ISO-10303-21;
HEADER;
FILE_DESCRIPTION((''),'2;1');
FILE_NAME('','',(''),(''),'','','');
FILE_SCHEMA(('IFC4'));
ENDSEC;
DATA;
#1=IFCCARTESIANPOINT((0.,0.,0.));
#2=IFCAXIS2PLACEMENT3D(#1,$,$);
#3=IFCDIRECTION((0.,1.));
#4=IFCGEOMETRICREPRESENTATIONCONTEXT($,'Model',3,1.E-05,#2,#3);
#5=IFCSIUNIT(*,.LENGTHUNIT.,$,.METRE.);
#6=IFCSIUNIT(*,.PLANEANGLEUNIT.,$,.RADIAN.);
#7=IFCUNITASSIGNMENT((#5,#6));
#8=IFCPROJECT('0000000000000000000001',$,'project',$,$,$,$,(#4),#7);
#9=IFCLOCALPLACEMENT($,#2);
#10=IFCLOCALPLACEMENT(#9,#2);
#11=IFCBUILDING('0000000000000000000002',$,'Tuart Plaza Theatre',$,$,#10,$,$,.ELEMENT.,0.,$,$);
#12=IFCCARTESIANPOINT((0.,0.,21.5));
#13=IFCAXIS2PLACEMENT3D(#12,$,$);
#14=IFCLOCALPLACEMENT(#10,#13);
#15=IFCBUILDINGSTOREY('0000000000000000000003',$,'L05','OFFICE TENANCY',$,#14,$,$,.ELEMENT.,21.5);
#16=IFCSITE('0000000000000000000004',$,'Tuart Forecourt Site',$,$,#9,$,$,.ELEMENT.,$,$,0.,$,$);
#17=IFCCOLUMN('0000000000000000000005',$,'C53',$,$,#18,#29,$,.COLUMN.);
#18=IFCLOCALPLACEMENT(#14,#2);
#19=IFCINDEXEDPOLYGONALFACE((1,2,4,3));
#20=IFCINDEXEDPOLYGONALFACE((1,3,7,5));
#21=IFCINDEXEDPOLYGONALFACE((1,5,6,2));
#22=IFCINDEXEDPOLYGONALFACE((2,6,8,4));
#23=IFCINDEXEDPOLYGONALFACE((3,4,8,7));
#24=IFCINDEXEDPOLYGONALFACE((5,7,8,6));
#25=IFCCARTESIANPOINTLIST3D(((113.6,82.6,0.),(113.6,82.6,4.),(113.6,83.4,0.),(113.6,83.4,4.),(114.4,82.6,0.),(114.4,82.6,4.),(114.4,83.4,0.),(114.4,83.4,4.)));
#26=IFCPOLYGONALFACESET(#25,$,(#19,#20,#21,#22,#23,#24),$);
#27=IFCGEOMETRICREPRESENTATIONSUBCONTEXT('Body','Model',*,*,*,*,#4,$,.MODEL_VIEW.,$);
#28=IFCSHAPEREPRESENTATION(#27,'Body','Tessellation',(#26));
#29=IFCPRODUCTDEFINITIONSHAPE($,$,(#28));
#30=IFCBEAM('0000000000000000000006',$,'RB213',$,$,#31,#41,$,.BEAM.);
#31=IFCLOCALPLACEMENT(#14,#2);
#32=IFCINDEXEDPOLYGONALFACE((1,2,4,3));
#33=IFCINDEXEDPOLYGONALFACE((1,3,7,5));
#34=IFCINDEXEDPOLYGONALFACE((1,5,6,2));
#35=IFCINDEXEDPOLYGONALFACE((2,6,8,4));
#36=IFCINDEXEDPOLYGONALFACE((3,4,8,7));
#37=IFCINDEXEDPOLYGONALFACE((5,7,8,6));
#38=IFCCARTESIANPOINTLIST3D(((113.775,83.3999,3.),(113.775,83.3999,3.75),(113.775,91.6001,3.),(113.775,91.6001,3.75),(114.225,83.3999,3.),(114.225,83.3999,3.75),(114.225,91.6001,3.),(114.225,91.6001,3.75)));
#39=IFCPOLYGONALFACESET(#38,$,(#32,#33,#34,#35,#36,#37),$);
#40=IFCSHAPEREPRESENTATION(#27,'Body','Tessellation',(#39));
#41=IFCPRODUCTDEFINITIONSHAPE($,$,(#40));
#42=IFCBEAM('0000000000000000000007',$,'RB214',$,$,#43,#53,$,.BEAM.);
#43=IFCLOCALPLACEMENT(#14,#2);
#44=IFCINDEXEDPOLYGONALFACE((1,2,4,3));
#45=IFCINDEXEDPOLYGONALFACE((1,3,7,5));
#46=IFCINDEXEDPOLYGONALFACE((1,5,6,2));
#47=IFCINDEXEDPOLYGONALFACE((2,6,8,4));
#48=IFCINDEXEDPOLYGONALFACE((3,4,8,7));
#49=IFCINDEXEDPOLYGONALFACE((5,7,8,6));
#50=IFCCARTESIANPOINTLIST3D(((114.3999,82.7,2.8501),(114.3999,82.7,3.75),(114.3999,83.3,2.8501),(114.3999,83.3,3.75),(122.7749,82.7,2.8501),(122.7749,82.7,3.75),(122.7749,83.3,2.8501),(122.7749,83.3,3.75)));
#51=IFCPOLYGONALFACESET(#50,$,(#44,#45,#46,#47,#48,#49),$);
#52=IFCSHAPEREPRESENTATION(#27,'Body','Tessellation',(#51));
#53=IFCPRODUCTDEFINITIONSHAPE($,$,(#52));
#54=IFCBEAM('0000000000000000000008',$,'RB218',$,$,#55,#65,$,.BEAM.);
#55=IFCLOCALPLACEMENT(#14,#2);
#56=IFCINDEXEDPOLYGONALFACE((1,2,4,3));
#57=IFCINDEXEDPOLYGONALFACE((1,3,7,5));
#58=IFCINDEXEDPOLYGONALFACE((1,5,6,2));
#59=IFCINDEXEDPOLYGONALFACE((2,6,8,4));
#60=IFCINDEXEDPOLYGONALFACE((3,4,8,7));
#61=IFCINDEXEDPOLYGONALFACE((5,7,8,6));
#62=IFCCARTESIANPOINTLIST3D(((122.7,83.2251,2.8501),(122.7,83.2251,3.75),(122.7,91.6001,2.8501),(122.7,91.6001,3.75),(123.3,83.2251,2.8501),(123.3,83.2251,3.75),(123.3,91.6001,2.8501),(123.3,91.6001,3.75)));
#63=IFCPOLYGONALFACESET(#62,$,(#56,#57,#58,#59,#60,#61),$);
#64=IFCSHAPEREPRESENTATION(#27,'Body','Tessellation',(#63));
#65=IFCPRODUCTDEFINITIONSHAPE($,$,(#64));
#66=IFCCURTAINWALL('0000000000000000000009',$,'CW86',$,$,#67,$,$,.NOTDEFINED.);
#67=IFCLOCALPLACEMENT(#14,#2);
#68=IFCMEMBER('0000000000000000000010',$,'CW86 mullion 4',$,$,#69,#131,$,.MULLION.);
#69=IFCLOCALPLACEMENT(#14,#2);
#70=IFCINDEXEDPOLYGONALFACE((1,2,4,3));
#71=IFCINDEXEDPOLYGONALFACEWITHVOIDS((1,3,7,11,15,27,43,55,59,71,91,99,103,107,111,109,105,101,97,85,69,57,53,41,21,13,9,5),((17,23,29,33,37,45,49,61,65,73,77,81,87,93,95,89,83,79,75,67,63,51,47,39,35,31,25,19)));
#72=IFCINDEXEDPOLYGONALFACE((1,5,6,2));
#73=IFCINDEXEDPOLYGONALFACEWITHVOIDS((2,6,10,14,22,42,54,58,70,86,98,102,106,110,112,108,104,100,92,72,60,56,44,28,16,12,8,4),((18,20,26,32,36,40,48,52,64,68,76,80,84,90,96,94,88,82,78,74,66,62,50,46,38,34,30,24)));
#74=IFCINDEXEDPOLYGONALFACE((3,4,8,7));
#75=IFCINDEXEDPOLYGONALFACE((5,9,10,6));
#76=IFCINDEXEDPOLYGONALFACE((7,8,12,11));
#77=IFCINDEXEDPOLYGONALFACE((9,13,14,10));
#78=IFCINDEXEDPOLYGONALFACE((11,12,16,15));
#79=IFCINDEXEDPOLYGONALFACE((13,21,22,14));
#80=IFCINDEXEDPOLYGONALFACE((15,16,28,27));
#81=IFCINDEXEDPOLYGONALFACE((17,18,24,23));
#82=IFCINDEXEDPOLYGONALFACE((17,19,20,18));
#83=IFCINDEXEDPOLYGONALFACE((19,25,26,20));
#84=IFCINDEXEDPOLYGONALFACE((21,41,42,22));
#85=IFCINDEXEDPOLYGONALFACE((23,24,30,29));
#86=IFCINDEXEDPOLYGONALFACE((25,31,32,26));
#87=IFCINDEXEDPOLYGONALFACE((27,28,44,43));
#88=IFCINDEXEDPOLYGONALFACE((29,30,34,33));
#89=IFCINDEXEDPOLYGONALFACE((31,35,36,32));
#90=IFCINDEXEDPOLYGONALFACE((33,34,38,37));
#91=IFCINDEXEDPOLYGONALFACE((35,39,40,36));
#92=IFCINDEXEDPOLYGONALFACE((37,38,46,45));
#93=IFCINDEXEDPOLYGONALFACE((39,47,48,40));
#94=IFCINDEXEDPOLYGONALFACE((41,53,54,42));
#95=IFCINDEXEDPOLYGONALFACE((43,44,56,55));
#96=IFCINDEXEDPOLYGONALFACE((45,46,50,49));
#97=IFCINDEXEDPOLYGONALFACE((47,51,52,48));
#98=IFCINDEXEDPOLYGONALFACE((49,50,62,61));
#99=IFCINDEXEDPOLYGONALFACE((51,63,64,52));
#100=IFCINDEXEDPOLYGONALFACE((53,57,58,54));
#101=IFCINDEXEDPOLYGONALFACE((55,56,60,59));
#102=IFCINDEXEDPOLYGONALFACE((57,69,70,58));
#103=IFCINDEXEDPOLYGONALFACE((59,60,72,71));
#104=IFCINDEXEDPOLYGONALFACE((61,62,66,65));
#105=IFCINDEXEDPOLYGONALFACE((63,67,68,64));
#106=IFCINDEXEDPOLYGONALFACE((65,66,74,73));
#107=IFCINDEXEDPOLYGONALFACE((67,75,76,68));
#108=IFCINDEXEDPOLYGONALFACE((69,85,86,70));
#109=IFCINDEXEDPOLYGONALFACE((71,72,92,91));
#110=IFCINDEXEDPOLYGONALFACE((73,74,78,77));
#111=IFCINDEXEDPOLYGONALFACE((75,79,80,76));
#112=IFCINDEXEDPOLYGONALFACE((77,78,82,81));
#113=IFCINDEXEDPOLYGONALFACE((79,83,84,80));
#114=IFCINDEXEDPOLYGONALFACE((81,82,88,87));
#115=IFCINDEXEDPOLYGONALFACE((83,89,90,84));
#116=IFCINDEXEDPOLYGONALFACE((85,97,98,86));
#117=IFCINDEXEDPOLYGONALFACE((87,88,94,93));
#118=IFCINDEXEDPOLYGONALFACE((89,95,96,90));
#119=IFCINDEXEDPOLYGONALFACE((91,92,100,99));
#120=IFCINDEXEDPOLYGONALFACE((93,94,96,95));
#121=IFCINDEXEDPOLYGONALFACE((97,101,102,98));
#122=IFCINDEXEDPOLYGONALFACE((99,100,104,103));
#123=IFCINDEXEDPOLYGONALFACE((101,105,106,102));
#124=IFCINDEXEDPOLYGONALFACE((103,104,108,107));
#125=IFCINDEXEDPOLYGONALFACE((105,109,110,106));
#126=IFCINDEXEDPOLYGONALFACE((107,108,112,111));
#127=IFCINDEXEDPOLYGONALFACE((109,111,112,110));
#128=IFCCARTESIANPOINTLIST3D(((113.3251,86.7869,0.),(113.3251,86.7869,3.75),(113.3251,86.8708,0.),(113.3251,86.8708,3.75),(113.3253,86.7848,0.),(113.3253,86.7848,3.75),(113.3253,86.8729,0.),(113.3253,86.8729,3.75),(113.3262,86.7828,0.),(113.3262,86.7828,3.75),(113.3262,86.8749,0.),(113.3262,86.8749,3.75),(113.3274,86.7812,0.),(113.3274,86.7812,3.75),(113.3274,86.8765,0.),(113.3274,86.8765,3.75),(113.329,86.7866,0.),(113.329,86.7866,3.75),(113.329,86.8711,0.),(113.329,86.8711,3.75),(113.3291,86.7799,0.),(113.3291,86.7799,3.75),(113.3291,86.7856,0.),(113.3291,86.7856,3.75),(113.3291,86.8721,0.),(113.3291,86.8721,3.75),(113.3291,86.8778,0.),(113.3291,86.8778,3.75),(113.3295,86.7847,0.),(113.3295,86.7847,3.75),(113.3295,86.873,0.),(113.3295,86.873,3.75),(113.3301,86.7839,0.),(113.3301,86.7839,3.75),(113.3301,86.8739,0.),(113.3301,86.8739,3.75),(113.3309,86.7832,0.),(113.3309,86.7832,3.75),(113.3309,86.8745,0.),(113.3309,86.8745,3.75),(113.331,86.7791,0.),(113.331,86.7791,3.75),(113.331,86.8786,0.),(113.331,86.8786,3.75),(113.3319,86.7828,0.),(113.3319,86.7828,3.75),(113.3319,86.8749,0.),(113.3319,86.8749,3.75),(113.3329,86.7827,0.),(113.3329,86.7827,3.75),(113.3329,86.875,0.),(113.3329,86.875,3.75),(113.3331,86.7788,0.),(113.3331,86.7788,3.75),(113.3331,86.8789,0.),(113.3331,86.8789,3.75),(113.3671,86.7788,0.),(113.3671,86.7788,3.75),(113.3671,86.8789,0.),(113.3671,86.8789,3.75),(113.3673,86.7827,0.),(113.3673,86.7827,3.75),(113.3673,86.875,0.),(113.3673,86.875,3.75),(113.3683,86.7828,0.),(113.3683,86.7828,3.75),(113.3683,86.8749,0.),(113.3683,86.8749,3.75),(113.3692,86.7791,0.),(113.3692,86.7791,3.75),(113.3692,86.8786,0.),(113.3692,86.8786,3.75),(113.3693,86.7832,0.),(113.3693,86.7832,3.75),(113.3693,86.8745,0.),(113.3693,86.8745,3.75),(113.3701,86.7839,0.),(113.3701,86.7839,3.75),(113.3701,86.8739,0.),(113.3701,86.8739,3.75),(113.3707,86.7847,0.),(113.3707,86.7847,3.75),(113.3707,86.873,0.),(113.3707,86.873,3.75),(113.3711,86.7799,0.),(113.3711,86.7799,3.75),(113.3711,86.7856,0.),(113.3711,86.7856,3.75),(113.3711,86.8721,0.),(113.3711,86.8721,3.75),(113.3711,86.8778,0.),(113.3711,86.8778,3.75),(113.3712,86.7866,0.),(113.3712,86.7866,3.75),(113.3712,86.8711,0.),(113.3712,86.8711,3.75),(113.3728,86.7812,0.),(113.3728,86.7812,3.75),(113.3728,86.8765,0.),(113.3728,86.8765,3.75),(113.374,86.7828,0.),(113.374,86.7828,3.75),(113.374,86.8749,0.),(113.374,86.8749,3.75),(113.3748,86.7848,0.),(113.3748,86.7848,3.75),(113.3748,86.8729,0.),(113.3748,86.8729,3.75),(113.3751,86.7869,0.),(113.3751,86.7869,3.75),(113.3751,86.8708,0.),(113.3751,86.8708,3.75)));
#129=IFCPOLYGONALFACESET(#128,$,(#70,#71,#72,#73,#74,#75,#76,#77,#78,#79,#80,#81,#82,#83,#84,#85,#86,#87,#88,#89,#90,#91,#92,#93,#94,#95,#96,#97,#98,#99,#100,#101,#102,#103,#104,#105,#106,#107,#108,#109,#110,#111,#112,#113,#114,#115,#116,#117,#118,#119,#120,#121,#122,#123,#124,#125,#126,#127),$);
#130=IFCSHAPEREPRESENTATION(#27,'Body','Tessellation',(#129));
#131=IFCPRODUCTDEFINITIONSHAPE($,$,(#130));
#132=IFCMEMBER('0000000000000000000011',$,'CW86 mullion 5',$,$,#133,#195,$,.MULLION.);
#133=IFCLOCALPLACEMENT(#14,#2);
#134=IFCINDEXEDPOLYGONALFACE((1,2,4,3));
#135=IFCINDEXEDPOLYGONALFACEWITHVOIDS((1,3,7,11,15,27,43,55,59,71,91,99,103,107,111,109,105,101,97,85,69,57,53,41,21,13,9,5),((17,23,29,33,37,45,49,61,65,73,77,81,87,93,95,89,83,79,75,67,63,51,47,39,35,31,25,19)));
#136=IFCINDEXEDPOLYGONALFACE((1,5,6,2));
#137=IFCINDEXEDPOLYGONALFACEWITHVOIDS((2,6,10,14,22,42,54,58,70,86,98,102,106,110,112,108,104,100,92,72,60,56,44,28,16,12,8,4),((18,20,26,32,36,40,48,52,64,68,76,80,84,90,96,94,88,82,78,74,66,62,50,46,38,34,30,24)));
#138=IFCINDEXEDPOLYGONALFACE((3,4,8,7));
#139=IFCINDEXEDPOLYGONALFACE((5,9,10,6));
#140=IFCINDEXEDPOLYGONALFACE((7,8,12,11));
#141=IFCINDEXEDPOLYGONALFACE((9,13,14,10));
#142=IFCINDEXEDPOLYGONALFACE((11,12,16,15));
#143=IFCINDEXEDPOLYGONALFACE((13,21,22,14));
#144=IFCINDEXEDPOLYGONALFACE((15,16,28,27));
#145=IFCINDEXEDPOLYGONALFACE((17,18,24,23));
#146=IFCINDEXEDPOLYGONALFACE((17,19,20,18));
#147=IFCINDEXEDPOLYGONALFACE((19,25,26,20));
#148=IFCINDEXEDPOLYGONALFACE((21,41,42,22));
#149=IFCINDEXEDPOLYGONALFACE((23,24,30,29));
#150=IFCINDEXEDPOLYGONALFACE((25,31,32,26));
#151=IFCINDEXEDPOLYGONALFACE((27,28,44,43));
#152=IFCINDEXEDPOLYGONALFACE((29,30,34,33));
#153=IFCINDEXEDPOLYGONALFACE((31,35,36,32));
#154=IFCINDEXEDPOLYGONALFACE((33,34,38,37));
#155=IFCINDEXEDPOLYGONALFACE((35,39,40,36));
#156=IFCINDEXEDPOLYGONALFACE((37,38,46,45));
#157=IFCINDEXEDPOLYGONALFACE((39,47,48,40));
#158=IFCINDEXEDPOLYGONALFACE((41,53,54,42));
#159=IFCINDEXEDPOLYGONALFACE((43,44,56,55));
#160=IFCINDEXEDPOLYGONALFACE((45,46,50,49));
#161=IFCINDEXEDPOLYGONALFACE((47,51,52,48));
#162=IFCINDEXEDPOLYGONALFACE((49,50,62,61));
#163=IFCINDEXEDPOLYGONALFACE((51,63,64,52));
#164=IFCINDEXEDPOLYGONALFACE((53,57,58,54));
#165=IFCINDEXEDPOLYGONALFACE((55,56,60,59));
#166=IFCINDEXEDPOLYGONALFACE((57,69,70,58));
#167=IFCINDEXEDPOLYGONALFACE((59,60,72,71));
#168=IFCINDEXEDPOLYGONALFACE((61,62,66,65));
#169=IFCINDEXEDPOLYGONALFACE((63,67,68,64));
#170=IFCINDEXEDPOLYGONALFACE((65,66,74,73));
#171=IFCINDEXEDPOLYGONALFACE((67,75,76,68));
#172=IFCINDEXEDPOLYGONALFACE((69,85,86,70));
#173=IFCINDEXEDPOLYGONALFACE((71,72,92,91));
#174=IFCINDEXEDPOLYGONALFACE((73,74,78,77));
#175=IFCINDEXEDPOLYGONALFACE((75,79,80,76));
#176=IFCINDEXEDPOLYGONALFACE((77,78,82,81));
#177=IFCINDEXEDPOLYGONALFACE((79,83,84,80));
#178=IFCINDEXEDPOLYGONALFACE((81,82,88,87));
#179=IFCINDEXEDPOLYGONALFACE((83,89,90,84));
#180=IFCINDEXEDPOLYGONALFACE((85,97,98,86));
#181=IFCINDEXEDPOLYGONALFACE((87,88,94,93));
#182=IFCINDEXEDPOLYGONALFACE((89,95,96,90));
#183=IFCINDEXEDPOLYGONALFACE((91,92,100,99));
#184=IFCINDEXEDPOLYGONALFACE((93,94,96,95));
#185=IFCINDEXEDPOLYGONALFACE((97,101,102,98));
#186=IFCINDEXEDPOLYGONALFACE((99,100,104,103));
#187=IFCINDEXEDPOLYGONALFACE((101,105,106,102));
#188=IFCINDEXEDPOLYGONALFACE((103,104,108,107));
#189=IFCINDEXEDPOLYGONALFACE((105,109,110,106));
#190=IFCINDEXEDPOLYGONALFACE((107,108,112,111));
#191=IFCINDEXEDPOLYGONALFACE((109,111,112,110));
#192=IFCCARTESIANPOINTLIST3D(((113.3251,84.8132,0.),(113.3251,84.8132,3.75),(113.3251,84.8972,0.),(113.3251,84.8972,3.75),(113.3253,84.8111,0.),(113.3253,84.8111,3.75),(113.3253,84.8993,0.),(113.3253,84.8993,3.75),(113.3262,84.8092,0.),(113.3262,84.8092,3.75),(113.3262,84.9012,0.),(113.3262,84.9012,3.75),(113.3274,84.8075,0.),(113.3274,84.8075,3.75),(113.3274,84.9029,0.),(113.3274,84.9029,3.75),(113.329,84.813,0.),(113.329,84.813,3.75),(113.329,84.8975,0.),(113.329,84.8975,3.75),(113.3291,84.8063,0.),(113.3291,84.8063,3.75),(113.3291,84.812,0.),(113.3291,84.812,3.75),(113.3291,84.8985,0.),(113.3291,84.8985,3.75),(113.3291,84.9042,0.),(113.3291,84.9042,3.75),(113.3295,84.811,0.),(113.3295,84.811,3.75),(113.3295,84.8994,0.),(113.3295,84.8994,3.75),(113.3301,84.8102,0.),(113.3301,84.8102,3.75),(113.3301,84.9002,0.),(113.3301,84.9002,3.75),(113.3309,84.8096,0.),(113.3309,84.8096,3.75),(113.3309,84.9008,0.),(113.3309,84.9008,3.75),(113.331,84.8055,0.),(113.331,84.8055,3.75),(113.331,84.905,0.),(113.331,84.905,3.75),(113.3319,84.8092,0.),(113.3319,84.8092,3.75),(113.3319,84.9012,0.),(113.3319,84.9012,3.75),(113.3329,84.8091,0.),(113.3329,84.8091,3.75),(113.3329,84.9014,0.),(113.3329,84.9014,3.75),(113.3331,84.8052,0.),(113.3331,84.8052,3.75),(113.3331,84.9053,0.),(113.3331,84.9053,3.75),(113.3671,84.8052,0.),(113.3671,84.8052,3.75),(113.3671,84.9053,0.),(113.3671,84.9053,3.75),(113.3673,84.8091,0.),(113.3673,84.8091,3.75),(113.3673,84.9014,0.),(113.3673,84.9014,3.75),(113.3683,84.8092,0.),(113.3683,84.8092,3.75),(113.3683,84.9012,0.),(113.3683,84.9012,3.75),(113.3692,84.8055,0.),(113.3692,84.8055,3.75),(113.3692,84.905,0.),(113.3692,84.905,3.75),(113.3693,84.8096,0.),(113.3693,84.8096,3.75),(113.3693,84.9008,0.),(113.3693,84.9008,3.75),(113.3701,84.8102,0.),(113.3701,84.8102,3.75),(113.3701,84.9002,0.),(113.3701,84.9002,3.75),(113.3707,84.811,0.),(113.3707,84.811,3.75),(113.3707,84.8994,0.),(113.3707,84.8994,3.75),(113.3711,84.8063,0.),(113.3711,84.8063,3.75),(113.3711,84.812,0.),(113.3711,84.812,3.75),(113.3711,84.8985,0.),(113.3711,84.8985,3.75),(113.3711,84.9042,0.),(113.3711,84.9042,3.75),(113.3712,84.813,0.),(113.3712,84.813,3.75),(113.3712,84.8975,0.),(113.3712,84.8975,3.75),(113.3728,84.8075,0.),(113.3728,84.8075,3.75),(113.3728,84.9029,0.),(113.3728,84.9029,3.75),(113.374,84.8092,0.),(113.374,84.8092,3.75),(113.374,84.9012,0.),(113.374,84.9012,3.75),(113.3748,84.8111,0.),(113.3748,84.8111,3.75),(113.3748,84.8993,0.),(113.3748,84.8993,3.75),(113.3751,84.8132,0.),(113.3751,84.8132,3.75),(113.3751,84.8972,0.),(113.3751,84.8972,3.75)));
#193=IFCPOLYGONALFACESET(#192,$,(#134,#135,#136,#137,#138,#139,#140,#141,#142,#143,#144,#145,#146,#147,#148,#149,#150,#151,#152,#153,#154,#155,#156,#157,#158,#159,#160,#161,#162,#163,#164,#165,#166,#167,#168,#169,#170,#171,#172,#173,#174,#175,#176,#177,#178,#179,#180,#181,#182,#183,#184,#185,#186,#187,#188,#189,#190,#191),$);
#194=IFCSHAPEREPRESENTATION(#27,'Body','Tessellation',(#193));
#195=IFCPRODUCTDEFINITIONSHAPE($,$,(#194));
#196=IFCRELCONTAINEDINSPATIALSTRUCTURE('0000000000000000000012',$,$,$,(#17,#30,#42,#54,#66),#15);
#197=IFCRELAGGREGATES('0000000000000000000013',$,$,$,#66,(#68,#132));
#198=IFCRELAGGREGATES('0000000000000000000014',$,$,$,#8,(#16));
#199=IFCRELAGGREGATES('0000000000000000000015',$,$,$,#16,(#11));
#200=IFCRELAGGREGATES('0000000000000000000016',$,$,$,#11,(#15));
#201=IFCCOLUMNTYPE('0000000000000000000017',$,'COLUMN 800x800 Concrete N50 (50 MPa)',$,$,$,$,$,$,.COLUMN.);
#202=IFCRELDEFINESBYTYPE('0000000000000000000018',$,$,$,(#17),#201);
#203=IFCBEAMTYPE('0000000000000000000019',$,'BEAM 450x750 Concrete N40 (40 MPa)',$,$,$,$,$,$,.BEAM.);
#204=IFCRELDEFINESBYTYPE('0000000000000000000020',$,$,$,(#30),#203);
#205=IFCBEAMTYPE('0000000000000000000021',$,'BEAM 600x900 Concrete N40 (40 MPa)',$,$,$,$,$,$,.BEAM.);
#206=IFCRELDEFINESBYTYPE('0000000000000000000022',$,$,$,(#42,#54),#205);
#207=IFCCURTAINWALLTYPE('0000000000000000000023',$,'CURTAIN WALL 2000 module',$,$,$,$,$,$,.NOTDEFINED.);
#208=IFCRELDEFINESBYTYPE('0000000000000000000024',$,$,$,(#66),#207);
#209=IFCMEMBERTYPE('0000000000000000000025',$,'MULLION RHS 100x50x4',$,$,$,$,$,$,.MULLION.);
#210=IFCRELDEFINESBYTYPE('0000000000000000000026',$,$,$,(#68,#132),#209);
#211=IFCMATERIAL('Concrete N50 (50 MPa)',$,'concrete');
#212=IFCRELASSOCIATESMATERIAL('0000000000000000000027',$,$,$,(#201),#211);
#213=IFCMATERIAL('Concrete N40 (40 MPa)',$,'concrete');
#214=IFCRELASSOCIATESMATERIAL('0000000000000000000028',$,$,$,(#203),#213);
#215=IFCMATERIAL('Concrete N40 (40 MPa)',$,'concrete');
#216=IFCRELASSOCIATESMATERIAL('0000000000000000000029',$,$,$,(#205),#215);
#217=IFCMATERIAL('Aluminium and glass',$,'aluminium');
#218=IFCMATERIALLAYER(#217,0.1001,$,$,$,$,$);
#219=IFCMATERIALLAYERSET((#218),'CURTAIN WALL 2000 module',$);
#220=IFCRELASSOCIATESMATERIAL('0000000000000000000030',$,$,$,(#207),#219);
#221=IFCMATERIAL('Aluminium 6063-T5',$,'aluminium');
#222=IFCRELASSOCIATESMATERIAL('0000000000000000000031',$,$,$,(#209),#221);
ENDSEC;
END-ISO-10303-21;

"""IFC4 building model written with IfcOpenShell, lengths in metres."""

from ifc_helpers import new_model, si_unit, direction, frame, origin, origin_2d, place, context, subcontext, project, spatial, rectangle, hollow_rectangle, extrude, material, layer, layer_set, material_profile, profile_set, type_object, element, aggregate, save


model = new_model("IFC4")

# Units and contexts
model_context = context("Model", 3, precision=1e-05, world=origin(), true_north=direction((0.0, 1.0)))
body_context = subcontext(model_context, "Body", "Model", "MODEL_VIEW")
ifc_project = project(units=[si_unit("LENGTHUNIT", "METRE"), si_unit("PLANEANGLEUNIT", "RADIAN")], contexts=[model_context])

# Site, building, storey
site_placement = place(None, origin())
site = spatial("IfcSite", under=ifc_project, at=site_placement, Name="Tuart Forecourt Site", CompositionType="ELEMENT", RefElevation=0.0)
building_placement = place(site_placement, origin())
building = spatial("IfcBuilding", under=site, at=building_placement, Name="Tuart Plaza Theatre", CompositionType="ELEMENT", ElevationOfRefHeight=0.0)
storey_placement = place(building_placement, frame((0.0, 0.0, 21.5)))
storey = spatial("IfcBuildingStorey", under=building, at=storey_placement, Name="L05", Description="OFFICE TENANCY", CompositionType="ELEMENT", Elevation=21.5)

# Column
ifc_material_1 = material(Name="Concrete N50 (50 MPa)", Category="concrete")
ifc_material_profile_1 = material_profile(ifc_material_1, rectangle(XDim=0.8, YDim=0.8, at=origin_2d()), Name="COLUMN 800x800 Concrete N50 (50 MPa)")
ifc_profile_set_1 = profile_set([ifc_material_profile_1], Name="Concrete N50 (50 MPa)")
column_type = type_object("IfcColumnType", Name="COLUMN 800x800 Concrete N50 (50 MPa)", PredefinedType="COLUMN", material=ifc_profile_set_1)
column_placement = place(storey_placement, frame((114.0, 83.0, 0.0), z_axis=(0.0, 0.0, 1.0), x_axis=(1.0, 0.0, 0.0)))
element("IfcColumn", 1, at=column_placement, inside=storey, type_object=column_type, Name="C53", PredefinedType="COLUMN", context=body_context, shape_type="SweptSolid", body=[
    extrude(rectangle(XDim=0.8, YDim=0.8, at=origin_2d()), origin(), (0.0, 0.0, 1.0), 4.0),
])

# Beams
ifc_material_2 = material(Name="Concrete N40 (40 MPa)", Category="concrete")
ifc_material_profile_2 = material_profile(ifc_material_2, rectangle(XDim=0.45, YDim=0.75, at=origin_2d()), Name="BEAM 450x750 Concrete N40 (40 MPa)")
ifc_profile_set_2 = profile_set([ifc_material_profile_2], Name="Concrete N40 (40 MPa)")
beam_type_1 = type_object("IfcBeamType", Name="BEAM 450x750 Concrete N40 (40 MPa)", PredefinedType="BEAM", material=ifc_profile_set_2)
beam_placement = place(storey_placement, frame((114.0, 83.3999, 3.375), z_axis=(0.0, 1.0, 0.0), x_axis=(-1.0, 0.0, 0.0)))
element("IfcBeam", 2, at=beam_placement, inside=storey, type_object=beam_type_1, Name="RB213", PredefinedType="BEAM", context=body_context, shape_type="SweptSolid", body=[
    extrude(rectangle(XDim=0.45, YDim=0.75, at=origin_2d()), origin(), (0.0, 0.0, 1.0), 8.2002),
])
ifc_material_3 = material(Name="Concrete N40 (40 MPa)", Category="concrete")
ifc_material_profile_3 = material_profile(ifc_material_3, rectangle(XDim=0.6001, YDim=0.8999, at=origin_2d()), Name="BEAM 600x900 Concrete N40 (40 MPa)")
ifc_profile_set_3 = profile_set([ifc_material_profile_3], Name="Concrete N40 (40 MPa)")
beam_type_2 = type_object("IfcBeamType", Name="BEAM 600x900 Concrete N40 (40 MPa)", PredefinedType="BEAM", material=ifc_profile_set_3)
for number, where, z_axis, x_axis, name in (
    (3, (114.3999, 83.0, 3.3), (1.0, 0.0, 0.0), (0.0, 1.0, 0.0), "RB214"),
    (4, (123.0, 83.2251, 3.3), (0.0, 1.0, 0.0), (-1.0, 0.0, 0.0), "RB218"),
):
    element("IfcBeam", number, at=place(storey_placement, frame(where, z_axis=z_axis, x_axis=x_axis)), inside=storey, type_object=beam_type_2, Name=name, PredefinedType="BEAM", context=body_context, shape_type="SweptSolid", body=[
        extrude(rectangle(XDim=0.6001, YDim=0.8999, at=origin_2d()), origin(), (0.0, 0.0, 1.0), 8.375),
    ])

# Curtain wall, members
ifc_material_4 = material(Name="Aluminium and glass", Category="aluminium")
ifc_layer_1 = layer(ifc_material_4, 0.1001)
ifc_layer_set_1 = layer_set([ifc_layer_1], Name="CURTAIN WALL 2000 module")
curtain_wall_type = type_object("IfcCurtainWallType", Name="CURTAIN WALL 2000 module", PredefinedType="NOTDEFINED", material=ifc_layer_set_1)
curtain_wall_placement = place(storey_placement, origin())
curtain_wall = element("IfcCurtainWall", 5, at=curtain_wall_placement, inside=storey, type_object=curtain_wall_type, Name="CW86", PredefinedType="NOTDEFINED")
ifc_material_5 = material(Name="Aluminium 6063-T5", Category="aluminium")
ifc_material_profile_4 = material_profile(ifc_material_5, hollow_rectangle(XDim=0.05, YDim=0.1001, WallThickness=0.0039, InnerFilletRadius=0.0039, OuterFilletRadius=0.0081, at=origin_2d()), Name="RHS 100x50x4")
ifc_profile_set_4 = profile_set([ifc_material_profile_4], Name="Aluminium 6063-T5")
member_type_1 = type_object("IfcMemberType", Name="MULLION RHS 100x50x4", PredefinedType="MULLION", material=ifc_profile_set_4)
member_1_placement = place(storey_placement, frame((113.3501, 86.8289, 0.0), z_axis=(0.0, 0.0, 1.0), x_axis=(1.0, 0.0, 0.0)))
member_1 = element("IfcMember", 6, at=member_1_placement, type_object=member_type_1, Name="CW86 mullion 4", PredefinedType="MULLION", context=body_context, shape_type="SweptSolid", body=[
    extrude(hollow_rectangle(XDim=0.05, YDim=0.1001, WallThickness=0.0039, InnerFilletRadius=0.0039, OuterFilletRadius=0.0081, at=origin_2d()), origin(), (0.0, 0.0, 1.0), 3.75),
])
member_2_placement = place(storey_placement, frame((113.3501, 84.8552, 0.0), z_axis=(0.0, 0.0, 1.0), x_axis=(1.0, 0.0, 0.0)))
member_2 = element("IfcMember", 7, at=member_2_placement, type_object=member_type_1, Name="CW86 mullion 5", PredefinedType="MULLION", context=body_context, shape_type="SweptSolid", body=[
    extrude(hollow_rectangle(XDim=0.05, YDim=0.1001, WallThickness=0.0039, InnerFilletRadius=0.0039, OuterFilletRadius=0.0081, at=origin_2d()), origin(), (0.0, 0.0, 1.0), 3.75),
])
aggregate(curtain_wall, [member_1, member_2])

save(model, "model.ifc")
